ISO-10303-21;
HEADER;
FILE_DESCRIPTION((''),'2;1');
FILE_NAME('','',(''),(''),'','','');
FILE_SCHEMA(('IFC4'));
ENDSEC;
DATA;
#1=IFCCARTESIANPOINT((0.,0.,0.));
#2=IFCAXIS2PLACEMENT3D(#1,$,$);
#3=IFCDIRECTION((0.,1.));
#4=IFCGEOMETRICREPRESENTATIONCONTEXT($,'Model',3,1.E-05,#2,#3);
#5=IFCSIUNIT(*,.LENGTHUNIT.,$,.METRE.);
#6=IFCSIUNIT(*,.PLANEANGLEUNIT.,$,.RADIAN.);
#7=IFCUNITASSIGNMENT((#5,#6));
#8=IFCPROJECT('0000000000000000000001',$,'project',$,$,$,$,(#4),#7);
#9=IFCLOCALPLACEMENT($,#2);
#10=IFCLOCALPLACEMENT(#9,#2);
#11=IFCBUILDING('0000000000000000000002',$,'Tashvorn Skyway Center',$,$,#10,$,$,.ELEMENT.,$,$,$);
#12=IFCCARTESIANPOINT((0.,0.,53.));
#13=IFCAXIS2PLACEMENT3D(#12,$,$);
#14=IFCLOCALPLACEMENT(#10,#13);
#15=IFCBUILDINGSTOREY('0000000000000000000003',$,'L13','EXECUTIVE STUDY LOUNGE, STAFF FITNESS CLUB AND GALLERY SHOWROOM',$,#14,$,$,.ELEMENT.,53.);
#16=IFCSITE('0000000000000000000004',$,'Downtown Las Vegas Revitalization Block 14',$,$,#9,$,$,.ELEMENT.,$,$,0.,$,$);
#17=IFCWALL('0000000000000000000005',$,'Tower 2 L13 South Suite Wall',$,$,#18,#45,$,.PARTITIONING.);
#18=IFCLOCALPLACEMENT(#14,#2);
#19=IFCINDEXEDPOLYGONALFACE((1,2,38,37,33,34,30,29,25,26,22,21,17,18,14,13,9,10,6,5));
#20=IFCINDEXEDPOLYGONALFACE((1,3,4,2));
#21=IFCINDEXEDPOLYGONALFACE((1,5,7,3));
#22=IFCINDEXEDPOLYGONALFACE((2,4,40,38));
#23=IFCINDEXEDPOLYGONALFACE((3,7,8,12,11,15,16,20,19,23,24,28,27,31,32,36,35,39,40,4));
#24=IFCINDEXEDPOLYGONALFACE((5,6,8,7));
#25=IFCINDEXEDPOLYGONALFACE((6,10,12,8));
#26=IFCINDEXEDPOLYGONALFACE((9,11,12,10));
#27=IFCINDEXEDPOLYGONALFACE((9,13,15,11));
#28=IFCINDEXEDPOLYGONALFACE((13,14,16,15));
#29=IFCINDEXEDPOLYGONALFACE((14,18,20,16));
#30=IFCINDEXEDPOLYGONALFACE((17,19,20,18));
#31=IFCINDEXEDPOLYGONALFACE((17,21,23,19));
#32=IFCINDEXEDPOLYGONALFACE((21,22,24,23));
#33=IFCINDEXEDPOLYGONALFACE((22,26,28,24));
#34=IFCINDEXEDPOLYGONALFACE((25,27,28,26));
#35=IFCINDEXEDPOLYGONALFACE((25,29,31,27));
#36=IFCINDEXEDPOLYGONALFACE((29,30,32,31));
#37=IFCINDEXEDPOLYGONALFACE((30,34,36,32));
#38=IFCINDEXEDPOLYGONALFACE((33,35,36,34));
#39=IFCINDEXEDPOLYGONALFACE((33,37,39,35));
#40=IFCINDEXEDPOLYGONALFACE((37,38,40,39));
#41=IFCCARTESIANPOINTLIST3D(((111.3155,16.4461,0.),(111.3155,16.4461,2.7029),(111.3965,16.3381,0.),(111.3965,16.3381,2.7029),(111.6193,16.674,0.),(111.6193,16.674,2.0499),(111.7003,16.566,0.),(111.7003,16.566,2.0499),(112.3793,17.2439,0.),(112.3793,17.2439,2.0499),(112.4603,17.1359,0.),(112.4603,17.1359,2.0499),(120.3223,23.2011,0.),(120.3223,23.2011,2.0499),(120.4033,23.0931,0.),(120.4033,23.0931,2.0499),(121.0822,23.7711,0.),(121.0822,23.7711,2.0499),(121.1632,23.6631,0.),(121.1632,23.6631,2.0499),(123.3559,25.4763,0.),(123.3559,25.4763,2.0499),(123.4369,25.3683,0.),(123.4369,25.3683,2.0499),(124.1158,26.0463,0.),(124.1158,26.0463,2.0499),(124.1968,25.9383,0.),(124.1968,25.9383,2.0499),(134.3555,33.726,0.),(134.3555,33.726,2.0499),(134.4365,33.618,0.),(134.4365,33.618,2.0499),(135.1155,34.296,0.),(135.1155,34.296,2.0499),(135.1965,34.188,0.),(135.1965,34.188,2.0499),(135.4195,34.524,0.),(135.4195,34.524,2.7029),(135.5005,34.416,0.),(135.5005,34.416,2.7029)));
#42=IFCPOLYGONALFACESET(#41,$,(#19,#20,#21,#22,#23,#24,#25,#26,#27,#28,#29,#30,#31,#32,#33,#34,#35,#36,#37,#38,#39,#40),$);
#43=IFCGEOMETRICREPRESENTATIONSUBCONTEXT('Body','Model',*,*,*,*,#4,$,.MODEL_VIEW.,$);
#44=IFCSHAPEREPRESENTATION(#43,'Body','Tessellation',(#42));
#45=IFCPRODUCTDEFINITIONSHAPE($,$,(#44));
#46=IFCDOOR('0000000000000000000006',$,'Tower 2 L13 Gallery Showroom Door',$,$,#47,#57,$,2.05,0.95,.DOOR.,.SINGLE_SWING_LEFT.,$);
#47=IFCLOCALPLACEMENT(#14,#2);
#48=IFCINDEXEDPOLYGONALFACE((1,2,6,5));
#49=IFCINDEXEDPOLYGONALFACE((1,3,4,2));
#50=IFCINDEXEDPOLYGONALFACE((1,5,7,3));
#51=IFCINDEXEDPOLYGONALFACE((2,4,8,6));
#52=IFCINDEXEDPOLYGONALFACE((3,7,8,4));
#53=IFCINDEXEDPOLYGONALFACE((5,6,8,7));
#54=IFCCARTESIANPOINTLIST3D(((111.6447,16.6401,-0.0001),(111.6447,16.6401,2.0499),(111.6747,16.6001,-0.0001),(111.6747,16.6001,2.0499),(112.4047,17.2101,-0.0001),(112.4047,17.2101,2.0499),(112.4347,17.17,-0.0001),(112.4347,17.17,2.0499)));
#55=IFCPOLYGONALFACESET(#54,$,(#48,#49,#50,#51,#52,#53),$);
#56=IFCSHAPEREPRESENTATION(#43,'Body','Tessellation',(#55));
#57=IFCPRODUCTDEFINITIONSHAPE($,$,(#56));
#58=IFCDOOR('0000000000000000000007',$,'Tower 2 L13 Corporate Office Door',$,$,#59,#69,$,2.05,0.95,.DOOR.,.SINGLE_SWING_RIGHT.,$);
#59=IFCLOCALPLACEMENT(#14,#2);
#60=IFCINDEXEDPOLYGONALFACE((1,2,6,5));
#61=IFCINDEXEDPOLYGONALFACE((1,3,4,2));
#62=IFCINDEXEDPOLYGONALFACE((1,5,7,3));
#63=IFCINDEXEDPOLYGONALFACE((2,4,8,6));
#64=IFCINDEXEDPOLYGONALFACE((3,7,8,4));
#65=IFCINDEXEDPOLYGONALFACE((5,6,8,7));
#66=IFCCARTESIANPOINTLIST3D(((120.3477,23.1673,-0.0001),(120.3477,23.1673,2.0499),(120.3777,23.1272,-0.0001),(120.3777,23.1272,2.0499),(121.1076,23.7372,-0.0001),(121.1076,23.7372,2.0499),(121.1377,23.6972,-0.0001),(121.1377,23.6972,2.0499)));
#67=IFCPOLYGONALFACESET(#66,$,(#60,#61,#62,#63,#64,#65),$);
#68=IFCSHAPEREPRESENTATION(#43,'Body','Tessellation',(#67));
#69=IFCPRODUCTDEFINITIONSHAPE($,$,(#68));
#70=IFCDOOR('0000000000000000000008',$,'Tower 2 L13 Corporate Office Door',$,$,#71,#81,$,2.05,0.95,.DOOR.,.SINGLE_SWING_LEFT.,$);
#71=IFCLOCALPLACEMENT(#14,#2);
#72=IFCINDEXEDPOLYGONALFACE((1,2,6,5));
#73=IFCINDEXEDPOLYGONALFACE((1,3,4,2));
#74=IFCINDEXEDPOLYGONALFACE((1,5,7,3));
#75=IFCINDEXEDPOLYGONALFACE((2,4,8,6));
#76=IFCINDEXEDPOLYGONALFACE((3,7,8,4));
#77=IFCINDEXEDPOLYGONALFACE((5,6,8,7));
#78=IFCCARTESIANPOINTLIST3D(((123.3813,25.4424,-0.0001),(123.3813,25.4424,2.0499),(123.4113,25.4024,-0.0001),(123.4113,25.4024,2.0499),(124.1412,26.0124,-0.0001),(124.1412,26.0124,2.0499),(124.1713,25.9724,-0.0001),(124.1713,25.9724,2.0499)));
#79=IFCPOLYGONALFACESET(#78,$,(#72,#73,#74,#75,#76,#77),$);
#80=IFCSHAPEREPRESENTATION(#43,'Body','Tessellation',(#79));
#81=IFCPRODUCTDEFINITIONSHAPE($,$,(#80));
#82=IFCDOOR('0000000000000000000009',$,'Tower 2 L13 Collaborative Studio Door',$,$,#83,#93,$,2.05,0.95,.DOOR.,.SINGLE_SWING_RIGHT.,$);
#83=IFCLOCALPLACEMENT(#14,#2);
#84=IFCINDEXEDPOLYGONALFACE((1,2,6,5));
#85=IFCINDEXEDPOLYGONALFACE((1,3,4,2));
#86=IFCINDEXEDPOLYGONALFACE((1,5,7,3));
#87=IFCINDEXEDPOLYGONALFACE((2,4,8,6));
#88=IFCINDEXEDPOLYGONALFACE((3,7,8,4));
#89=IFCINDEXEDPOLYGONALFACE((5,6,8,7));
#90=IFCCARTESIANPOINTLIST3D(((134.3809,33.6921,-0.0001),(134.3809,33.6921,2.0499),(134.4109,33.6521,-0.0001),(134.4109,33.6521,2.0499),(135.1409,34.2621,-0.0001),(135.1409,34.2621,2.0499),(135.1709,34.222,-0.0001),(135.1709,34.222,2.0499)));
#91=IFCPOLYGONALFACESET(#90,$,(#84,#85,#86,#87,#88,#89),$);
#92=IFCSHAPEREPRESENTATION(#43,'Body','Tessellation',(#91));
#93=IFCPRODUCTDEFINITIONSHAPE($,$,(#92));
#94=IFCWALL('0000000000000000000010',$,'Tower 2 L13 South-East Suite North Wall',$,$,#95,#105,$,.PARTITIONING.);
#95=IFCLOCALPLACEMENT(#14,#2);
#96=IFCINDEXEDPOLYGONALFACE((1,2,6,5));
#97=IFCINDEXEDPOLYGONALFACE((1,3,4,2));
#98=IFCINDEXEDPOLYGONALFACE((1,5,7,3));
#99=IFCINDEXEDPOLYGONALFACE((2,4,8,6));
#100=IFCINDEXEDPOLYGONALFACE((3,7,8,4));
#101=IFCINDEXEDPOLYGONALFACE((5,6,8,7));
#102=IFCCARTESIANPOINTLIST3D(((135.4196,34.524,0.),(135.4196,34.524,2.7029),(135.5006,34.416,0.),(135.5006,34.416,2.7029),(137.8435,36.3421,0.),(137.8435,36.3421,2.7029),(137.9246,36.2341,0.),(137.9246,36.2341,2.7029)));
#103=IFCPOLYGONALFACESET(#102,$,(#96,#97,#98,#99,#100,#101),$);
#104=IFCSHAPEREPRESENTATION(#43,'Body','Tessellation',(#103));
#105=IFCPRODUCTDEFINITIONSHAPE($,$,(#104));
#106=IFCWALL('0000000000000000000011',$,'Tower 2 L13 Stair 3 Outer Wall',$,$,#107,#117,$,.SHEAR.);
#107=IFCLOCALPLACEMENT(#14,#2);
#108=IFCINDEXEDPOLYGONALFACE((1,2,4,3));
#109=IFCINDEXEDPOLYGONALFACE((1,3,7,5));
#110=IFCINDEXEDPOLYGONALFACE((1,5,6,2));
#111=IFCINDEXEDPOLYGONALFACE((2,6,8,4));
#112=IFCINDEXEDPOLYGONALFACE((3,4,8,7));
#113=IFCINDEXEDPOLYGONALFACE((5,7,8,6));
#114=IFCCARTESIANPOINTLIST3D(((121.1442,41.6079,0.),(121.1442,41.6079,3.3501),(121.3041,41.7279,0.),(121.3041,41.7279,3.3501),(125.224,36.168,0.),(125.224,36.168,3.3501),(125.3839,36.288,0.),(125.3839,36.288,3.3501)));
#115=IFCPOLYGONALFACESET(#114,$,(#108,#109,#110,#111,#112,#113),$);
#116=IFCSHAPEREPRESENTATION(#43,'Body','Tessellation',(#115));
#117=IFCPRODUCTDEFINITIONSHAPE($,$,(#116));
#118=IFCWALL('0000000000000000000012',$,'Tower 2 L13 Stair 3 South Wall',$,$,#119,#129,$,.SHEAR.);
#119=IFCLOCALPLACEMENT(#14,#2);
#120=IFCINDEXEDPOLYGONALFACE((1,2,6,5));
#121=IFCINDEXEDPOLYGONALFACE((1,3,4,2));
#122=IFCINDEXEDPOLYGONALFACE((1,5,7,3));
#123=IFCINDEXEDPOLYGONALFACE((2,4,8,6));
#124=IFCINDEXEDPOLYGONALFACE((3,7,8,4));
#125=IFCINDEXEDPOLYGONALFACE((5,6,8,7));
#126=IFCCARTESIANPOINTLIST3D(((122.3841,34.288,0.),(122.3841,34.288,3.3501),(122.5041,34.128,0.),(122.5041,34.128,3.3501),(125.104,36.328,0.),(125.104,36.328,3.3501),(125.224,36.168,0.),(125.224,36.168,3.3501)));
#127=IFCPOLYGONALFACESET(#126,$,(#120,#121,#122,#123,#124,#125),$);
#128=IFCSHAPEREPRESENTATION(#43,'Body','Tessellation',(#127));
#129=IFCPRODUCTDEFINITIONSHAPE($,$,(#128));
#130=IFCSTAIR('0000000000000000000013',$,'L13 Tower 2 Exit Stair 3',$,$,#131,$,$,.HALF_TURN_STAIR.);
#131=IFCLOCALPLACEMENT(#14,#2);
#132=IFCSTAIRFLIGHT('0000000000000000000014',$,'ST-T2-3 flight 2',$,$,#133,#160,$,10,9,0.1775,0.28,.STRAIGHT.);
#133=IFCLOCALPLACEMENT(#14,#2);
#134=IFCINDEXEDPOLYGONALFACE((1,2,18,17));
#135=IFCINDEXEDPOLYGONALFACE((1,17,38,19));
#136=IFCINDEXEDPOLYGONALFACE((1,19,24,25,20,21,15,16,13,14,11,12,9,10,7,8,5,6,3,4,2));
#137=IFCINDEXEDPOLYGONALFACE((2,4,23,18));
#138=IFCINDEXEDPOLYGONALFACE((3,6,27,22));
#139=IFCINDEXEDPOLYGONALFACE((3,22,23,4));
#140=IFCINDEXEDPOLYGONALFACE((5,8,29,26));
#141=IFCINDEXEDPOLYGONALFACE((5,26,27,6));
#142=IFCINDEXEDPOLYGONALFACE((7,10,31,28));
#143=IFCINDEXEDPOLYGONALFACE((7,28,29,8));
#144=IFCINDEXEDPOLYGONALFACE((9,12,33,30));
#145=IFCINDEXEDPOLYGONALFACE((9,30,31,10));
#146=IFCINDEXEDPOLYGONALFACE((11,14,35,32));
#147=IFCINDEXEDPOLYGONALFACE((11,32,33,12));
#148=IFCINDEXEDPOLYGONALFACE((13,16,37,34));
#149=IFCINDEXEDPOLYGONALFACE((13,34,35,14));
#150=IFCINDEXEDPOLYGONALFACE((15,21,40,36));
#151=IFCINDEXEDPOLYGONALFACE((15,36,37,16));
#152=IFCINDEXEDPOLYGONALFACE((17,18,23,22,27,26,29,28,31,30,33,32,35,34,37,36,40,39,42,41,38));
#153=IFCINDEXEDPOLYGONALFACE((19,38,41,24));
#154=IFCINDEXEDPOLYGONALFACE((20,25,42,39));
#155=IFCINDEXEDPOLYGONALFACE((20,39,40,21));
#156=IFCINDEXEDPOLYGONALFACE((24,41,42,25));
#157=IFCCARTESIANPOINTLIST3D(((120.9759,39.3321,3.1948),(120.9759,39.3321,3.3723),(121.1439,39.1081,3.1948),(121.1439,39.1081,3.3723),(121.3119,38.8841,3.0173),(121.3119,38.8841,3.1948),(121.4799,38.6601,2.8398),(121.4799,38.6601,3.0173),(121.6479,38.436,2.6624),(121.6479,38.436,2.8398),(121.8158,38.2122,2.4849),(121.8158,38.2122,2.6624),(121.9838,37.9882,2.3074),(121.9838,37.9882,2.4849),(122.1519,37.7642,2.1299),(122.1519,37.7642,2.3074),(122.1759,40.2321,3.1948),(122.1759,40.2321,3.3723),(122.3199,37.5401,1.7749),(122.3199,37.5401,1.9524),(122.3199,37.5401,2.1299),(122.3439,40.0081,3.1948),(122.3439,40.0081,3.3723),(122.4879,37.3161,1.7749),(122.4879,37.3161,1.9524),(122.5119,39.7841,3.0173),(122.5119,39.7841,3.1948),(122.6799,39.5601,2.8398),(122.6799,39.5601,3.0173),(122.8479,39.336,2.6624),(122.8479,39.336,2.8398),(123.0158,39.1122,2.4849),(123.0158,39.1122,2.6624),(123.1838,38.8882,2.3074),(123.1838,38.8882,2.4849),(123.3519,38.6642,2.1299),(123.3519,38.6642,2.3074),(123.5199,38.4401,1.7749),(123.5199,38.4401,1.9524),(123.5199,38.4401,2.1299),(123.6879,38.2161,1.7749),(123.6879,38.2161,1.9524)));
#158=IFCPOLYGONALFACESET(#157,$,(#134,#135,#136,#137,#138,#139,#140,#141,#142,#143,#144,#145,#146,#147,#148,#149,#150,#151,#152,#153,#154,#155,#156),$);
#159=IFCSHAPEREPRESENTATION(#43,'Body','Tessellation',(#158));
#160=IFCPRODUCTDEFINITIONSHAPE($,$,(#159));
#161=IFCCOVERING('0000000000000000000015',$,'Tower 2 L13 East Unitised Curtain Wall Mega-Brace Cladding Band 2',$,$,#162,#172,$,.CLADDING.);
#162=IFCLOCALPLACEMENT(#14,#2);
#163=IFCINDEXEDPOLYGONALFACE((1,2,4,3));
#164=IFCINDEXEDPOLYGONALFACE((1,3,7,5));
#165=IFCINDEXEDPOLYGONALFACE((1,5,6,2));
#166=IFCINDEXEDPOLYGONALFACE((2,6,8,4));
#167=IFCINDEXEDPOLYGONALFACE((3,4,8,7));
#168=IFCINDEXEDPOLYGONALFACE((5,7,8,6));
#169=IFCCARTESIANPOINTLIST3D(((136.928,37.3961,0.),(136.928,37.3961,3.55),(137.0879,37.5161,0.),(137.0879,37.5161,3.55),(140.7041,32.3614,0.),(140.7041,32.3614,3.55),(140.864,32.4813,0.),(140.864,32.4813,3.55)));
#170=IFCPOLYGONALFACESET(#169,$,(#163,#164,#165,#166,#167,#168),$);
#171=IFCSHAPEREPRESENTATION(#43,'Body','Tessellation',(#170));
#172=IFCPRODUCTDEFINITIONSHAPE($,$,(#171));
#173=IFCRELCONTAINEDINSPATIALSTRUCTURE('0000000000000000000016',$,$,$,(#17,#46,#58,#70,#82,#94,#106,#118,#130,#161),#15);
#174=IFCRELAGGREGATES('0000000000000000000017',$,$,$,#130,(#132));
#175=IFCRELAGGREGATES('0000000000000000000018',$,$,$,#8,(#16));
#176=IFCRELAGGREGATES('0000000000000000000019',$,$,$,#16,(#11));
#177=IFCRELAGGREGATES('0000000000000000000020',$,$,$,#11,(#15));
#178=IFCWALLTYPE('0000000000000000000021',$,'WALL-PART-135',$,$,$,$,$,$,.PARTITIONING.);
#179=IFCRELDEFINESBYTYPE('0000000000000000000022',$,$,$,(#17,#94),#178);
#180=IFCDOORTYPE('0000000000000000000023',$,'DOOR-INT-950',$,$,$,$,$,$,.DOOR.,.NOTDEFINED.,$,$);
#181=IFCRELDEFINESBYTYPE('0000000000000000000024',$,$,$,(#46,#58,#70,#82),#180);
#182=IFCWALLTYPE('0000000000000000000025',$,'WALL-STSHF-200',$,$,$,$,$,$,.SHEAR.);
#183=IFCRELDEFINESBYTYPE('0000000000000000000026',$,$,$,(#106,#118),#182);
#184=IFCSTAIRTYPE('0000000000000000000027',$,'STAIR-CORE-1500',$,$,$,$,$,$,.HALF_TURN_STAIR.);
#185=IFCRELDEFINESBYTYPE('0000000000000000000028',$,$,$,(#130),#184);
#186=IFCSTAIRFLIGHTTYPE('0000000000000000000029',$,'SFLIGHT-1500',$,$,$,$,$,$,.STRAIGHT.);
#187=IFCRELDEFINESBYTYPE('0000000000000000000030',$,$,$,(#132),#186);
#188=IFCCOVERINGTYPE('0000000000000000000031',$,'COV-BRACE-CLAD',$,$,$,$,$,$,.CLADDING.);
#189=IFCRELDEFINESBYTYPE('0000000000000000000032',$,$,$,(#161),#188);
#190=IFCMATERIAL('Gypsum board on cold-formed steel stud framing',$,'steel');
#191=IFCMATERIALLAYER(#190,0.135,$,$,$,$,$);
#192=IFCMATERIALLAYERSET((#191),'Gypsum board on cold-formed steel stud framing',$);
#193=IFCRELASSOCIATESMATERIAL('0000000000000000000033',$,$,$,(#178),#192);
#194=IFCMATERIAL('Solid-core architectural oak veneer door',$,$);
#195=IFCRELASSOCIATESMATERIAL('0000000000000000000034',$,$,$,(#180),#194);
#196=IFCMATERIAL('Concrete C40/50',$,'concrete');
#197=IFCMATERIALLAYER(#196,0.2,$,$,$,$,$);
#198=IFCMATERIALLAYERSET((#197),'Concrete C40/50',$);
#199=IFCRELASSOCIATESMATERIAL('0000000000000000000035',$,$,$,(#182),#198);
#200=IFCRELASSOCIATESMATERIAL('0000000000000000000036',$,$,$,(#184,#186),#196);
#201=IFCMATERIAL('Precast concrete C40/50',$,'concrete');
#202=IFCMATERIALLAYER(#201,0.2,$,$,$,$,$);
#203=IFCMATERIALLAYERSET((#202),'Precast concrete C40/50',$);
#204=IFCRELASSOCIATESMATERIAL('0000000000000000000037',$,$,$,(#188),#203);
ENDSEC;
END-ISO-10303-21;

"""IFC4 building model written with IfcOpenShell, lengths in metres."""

from ifc_helpers import new_model, si_unit, direction, frame, frame_2d, origin, origin_2d, place, context, subcontext, project, spatial, polyline, rectangle, outline, extrude, material, layer, layer_set, type_object, element, fill, aggregate, save


model = new_model("IFC4")

# Units and contexts
model_context = context("Model", 3, precision=1e-05, world=origin(), true_north=direction((0.0, 1.0)))
body_context = subcontext(model_context, "Body", "Model", "MODEL_VIEW")
ifc_project = project(units=[si_unit("LENGTHUNIT", "METRE"), si_unit("PLANEANGLEUNIT", "RADIAN")], contexts=[model_context])

# Site, building, storey
site_placement = place(None, origin())
site = spatial("IfcSite", under=ifc_project, at=site_placement, Name="Downtown Las Vegas Revitalization Block 14", CompositionType="ELEMENT", RefElevation=0.0)
building_placement = place(site_placement, origin())
building = spatial("IfcBuilding", under=site, at=building_placement, Name="Tashvorn Skyway Center", CompositionType="ELEMENT")
storey_placement = place(building_placement, frame((0.0, 0.0, 53.0)))
storey = spatial("IfcBuildingStorey", under=building, at=storey_placement, Name="L13", Description="EXECUTIVE STUDY LOUNGE, STAFF FITNESS CLUB AND GALLERY SHOWROOM", CompositionType="ELEMENT", Elevation=53.0)

# Wall, openings, doors
ifc_material_1 = material(Name="Gypsum board on cold-formed steel stud framing", Category="steel")
ifc_layer_1 = layer(ifc_material_1, 0.135)
ifc_layer_set_1 = layer_set([ifc_layer_1], Name="Gypsum board on cold-formed steel stud framing")
wall_type_1 = type_object("IfcWallType", Name="WALL-PART-135", PredefinedType="PARTITIONING", material=ifc_layer_set_1)
wall_1_placement = place(storey_placement, frame((135.46, 34.47, 0.0), z_axis=(0.0, 0.0, 1.0), x_axis=(-0.800002, -0.599997, 0.0)))
wall_1 = element("IfcWall", 1, at=wall_1_placement, inside=storey, type_object=wall_type_1, Name="Tower 2 L13 South Suite Wall", PredefinedType="PARTITIONING", context=body_context, shape_type="SweptSolid", body=[
    extrude(rectangle(XDim=30.1299, YDim=0.135, at=frame_2d((15.0649, 0.0))), origin(), (0.0, 0.0, 1.0), 2.7029),
])
opening_1_placement = place(wall_1_placement, frame((28.8, 0.0, 0.0)))
opening_1 = element("IfcOpeningElement", 2, at=opening_1_placement, cuts=wall_1, PredefinedType="OPENING", context=body_context, shape_type="SweptSolid", body=[
    extrude(rectangle(XDim=0.95, YDim=2.05, at=frame_2d((0.4751, 1.0249))), frame((0.0, 0.0774, 0.0), z_axis=(0.0, -1.0, 0.0), x_axis=(1.0, 0.0, 0.0)), (0.0, 0.0, 1.0), 0.155),
])
opening_2_placement = place(wall_1_placement, frame((17.9214, 0.0, 0.0)))
opening_2 = element("IfcOpeningElement", 3, at=opening_2_placement, cuts=wall_1, PredefinedType="OPENING", context=body_context, shape_type="SweptSolid", body=[
    extrude(rectangle(XDim=0.95, YDim=2.05, at=frame_2d((0.4751, 1.0249))), frame((0.0, 0.0774, 0.0), z_axis=(0.0, -1.0, 0.0), x_axis=(1.0, 0.0, 0.0)), (0.0, 0.0, 1.0), 0.155),
])
opening_3_placement = place(wall_1_placement, frame((14.1294, 0.0, 0.0)))
opening_3 = element("IfcOpeningElement", 4, at=opening_3_placement, cuts=wall_1, PredefinedType="OPENING", context=body_context, shape_type="SweptSolid", body=[
    extrude(rectangle(XDim=0.95, YDim=2.05, at=frame_2d((0.4751, 1.0249))), frame((0.0, 0.0774, 0.0), z_axis=(0.0, -1.0, 0.0), x_axis=(1.0, 0.0, 0.0)), (0.0, 0.0, 1.0), 0.155),
])
opening_4_placement = place(wall_1_placement, frame((0.3799, 0.0, 0.0)))
opening_4 = element("IfcOpeningElement", 5, at=opening_4_placement, cuts=wall_1, PredefinedType="OPENING", context=body_context, shape_type="SweptSolid", body=[
    extrude(rectangle(XDim=0.95, YDim=2.05, at=frame_2d((0.4751, 1.0249))), frame((0.0, 0.0774, 0.0), z_axis=(0.0, -1.0, 0.0), x_axis=(1.0, 0.0, 0.0)), (0.0, 0.0, 1.0), 0.155),
])
ifc_material_2 = material(Name="Solid-core architectural oak veneer door")
door_type = type_object("IfcDoorType", Name="DOOR-INT-950", OperationType="NOTDEFINED", PredefinedType="DOOR", material=ifc_material_2)
door_1_placement = place(opening_1_placement, origin())
door_1 = element("IfcDoor", 6, at=door_1_placement, inside=storey, type_object=door_type, Name="Tower 2 L13 Gallery Showroom Door", OperationType="SINGLE_SWING_LEFT", OverallHeight=2.05, OverallWidth=0.95, PredefinedType="DOOR", context=body_context, shape_type="SweptSolid", body=[
    extrude(rectangle(XDim=0.95, YDim=2.05, at=frame_2d((0.4751, 1.0249))), frame((0.0, 0.0249, 0.0), z_axis=(0.0, -1.0, 0.0), x_axis=(1.0, 0.0, 0.0)), (0.0, 0.0, 1.0), 0.05),
])
fill(opening_1, door_1)
door_2_placement = place(opening_2_placement, origin())
door_2 = element("IfcDoor", 7, at=door_2_placement, inside=storey, type_object=door_type, Name="Tower 2 L13 Corporate Office Door", OperationType="SINGLE_SWING_RIGHT", OverallHeight=2.05, OverallWidth=0.95, PredefinedType="DOOR", context=body_context, shape_type="SweptSolid", body=[
    extrude(rectangle(XDim=0.95, YDim=2.05, at=frame_2d((0.4751, 1.0249))), frame((0.0, 0.0249, 0.0), z_axis=(0.0, -1.0, 0.0), x_axis=(1.0, 0.0, 0.0)), (0.0, 0.0, 1.0), 0.05),
])
fill(opening_2, door_2)
door_3_placement = place(opening_3_placement, origin())
door_3 = element("IfcDoor", 8, at=door_3_placement, inside=storey, type_object=door_type, Name="Tower 2 L13 Corporate Office Door", OperationType="SINGLE_SWING_LEFT", OverallHeight=2.05, OverallWidth=0.95, PredefinedType="DOOR", context=body_context, shape_type="SweptSolid", body=[
    extrude(rectangle(XDim=0.95, YDim=2.05, at=frame_2d((0.4751, 1.0249))), frame((0.0, 0.0249, 0.0), z_axis=(0.0, -1.0, 0.0), x_axis=(1.0, 0.0, 0.0)), (0.0, 0.0, 1.0), 0.05),
])
fill(opening_3, door_3)
door_4_placement = place(opening_4_placement, origin())
door_4 = element("IfcDoor", 9, at=door_4_placement, inside=storey, type_object=door_type, Name="Tower 2 L13 Collaborative Studio Door", OperationType="SINGLE_SWING_RIGHT", OverallHeight=2.05, OverallWidth=0.95, PredefinedType="DOOR", context=body_context, shape_type="SweptSolid", body=[
    extrude(rectangle(XDim=0.95, YDim=2.05, at=frame_2d((0.4751, 1.0249))), frame((0.0, 0.0249, 0.0), z_axis=(0.0, -1.0, 0.0), x_axis=(1.0, 0.0, 0.0)), (0.0, 0.0, 1.0), 0.05),
])
fill(opening_4, door_4)

# Walls
wall_2_placement = place(storey_placement, frame((135.46, 34.47, 0.0), z_axis=(0.0, 0.0, 1.0), x_axis=(0.79999, 0.600013, 0.0)))
element("IfcWall", 10, at=wall_2_placement, inside=storey, type_object=wall_type_1, Name="Tower 2 L13 South-East Suite North Wall", PredefinedType="PARTITIONING", context=body_context, shape_type="SweptSolid", body=[
    extrude(rectangle(XDim=3.03, YDim=0.135, at=frame_2d((1.5151, 0.0))), origin(), (0.0, 0.0, 1.0), 2.7029),
])
ifc_material_3 = material(Name="Concrete C40/50", Category="concrete")
ifc_layer_2 = layer(ifc_material_3, 0.2)
ifc_layer_set_2 = layer_set([ifc_layer_2], Name="Concrete C40/50")
wall_type_2 = type_object("IfcWallType", Name="WALL-STSHF-200", PredefinedType="SHEAR", material=ifc_layer_set_2)
wall_3_placement = place(storey_placement, frame((125.304, 36.228, 0.0), z_axis=(0.0, 0.0, 1.0), x_axis=(-0.599989, 0.800009, 0.0)))
element("IfcWall", 11, at=wall_3_placement, inside=storey, type_object=wall_type_2, Name="Tower 2 L13 Stair 3 Outer Wall", PredefinedType="SHEAR", context=body_context, shape_type="SweptSolid", body=[
    extrude(rectangle(XDim=6.7998, YDim=0.2, at=frame_2d((3.3999, 0.0))), origin(), (0.0, 0.0, 1.0), 3.3501),
])
wall_4_placement = place(storey_placement, frame((122.4441, 34.208, 0.0), z_axis=(0.0, 0.0, 1.0), x_axis=(0.799991, 0.600011, 0.0)))
element("IfcWall", 12, at=wall_4_placement, inside=storey, type_object=wall_type_2, Name="Tower 2 L13 Stair 3 South Wall", PredefinedType="SHEAR", context=body_context, shape_type="SweptSolid", body=[
    extrude(rectangle(XDim=3.3999, YDim=0.2, at=frame_2d((1.7, 0.0))), origin(), (0.0, 0.0, 1.0), 3.3501),
])

# Stair, stair flight
stair_type = type_object("IfcStairType", Name="STAIR-CORE-1500", PredefinedType="HALF_TURN_STAIR", material=ifc_material_3)
stair_placement = place(storey_placement, origin())
stair = element("IfcStair", 13, at=stair_placement, inside=storey, type_object=stair_type, Name="L13 Tower 2 Exit Stair 3", PredefinedType="HALF_TURN_STAIR")
stair_flight_type = type_object("IfcStairFlightType", Name="SFLIGHT-1500", PredefinedType="STRAIGHT", material=ifc_material_3)
stair_flight_placement = place(storey_placement, frame((123.0879, 37.7661, 1.7749), z_axis=(0.0, 0.0, 1.0), x_axis=(-0.6, 0.8, 0.0)))
stair_flight = element("IfcStairFlight", 14, at=stair_flight_placement, type_object=stair_flight_type, Name="ST-T2-3 flight 2", NumberOfRisers=10, NumberOfTreads=9, PredefinedType="STRAIGHT", RiserHeight=0.1775, TreadLength=0.28, context=body_context, shape_type="SweptSolid", body=[
    extrude(outline(polyline([(0.0, 0.0), (0.0, 0.1775), (0.28, 0.1775), (0.28, 0.355), (0.5601, 0.355), (0.5601, 0.5325), (0.8401, 0.5325), (0.8401, 0.71), (1.1201, 0.71), (1.1201, 0.8875), (1.3999, 0.8875), (1.3999, 1.0649), (1.6799, 1.0649), (1.6799, 1.2424), (1.96, 1.2424), (1.96, 1.4199), (2.24, 1.4199), (2.24, 1.5974), (2.52, 1.5974), (2.52, 1.7749), (2.52, 1.4199), (0.28, 0.0), (0.0, 0.0)])), frame((0.0, 0.75, 0.0), z_axis=(0.0, -1.0, 0.0), x_axis=(1.0, 0.0, 0.0)), (0.0, 0.0, 1.0), 1.5),
])
aggregate(stair, [stair_flight])

# Covering
ifc_material_4 = material(Name="Precast concrete C40/50", Category="concrete")
ifc_layer_3 = layer(ifc_material_4, 0.2)
ifc_layer_set_3 = layer_set([ifc_layer_3], Name="Precast concrete C40/50")
covering_type = type_object("IfcCoveringType", Name="COV-BRACE-CLAD", PredefinedType="CLADDING", material=ifc_layer_set_3)
covering_placement = place(storey_placement, frame((138.896, 34.9387, 0.0), z_axis=(0.0, 0.0, 1.0), x_axis=(0.6, -0.8, 0.0)))
element("IfcCovering", 15, at=covering_placement, inside=storey, type_object=covering_type, Name="Tower 2 L13 East Unitised Curtain Wall Mega-Brace Cladding Band 2", PredefinedType="CLADDING", context=body_context, shape_type="SweptSolid", body=[
    extrude(rectangle(XDim=6.2935, YDim=0.2, at=origin_2d()), origin(), (0.0, 0.0, 1.0), 3.55),
])

save(model, "model.ifc")
